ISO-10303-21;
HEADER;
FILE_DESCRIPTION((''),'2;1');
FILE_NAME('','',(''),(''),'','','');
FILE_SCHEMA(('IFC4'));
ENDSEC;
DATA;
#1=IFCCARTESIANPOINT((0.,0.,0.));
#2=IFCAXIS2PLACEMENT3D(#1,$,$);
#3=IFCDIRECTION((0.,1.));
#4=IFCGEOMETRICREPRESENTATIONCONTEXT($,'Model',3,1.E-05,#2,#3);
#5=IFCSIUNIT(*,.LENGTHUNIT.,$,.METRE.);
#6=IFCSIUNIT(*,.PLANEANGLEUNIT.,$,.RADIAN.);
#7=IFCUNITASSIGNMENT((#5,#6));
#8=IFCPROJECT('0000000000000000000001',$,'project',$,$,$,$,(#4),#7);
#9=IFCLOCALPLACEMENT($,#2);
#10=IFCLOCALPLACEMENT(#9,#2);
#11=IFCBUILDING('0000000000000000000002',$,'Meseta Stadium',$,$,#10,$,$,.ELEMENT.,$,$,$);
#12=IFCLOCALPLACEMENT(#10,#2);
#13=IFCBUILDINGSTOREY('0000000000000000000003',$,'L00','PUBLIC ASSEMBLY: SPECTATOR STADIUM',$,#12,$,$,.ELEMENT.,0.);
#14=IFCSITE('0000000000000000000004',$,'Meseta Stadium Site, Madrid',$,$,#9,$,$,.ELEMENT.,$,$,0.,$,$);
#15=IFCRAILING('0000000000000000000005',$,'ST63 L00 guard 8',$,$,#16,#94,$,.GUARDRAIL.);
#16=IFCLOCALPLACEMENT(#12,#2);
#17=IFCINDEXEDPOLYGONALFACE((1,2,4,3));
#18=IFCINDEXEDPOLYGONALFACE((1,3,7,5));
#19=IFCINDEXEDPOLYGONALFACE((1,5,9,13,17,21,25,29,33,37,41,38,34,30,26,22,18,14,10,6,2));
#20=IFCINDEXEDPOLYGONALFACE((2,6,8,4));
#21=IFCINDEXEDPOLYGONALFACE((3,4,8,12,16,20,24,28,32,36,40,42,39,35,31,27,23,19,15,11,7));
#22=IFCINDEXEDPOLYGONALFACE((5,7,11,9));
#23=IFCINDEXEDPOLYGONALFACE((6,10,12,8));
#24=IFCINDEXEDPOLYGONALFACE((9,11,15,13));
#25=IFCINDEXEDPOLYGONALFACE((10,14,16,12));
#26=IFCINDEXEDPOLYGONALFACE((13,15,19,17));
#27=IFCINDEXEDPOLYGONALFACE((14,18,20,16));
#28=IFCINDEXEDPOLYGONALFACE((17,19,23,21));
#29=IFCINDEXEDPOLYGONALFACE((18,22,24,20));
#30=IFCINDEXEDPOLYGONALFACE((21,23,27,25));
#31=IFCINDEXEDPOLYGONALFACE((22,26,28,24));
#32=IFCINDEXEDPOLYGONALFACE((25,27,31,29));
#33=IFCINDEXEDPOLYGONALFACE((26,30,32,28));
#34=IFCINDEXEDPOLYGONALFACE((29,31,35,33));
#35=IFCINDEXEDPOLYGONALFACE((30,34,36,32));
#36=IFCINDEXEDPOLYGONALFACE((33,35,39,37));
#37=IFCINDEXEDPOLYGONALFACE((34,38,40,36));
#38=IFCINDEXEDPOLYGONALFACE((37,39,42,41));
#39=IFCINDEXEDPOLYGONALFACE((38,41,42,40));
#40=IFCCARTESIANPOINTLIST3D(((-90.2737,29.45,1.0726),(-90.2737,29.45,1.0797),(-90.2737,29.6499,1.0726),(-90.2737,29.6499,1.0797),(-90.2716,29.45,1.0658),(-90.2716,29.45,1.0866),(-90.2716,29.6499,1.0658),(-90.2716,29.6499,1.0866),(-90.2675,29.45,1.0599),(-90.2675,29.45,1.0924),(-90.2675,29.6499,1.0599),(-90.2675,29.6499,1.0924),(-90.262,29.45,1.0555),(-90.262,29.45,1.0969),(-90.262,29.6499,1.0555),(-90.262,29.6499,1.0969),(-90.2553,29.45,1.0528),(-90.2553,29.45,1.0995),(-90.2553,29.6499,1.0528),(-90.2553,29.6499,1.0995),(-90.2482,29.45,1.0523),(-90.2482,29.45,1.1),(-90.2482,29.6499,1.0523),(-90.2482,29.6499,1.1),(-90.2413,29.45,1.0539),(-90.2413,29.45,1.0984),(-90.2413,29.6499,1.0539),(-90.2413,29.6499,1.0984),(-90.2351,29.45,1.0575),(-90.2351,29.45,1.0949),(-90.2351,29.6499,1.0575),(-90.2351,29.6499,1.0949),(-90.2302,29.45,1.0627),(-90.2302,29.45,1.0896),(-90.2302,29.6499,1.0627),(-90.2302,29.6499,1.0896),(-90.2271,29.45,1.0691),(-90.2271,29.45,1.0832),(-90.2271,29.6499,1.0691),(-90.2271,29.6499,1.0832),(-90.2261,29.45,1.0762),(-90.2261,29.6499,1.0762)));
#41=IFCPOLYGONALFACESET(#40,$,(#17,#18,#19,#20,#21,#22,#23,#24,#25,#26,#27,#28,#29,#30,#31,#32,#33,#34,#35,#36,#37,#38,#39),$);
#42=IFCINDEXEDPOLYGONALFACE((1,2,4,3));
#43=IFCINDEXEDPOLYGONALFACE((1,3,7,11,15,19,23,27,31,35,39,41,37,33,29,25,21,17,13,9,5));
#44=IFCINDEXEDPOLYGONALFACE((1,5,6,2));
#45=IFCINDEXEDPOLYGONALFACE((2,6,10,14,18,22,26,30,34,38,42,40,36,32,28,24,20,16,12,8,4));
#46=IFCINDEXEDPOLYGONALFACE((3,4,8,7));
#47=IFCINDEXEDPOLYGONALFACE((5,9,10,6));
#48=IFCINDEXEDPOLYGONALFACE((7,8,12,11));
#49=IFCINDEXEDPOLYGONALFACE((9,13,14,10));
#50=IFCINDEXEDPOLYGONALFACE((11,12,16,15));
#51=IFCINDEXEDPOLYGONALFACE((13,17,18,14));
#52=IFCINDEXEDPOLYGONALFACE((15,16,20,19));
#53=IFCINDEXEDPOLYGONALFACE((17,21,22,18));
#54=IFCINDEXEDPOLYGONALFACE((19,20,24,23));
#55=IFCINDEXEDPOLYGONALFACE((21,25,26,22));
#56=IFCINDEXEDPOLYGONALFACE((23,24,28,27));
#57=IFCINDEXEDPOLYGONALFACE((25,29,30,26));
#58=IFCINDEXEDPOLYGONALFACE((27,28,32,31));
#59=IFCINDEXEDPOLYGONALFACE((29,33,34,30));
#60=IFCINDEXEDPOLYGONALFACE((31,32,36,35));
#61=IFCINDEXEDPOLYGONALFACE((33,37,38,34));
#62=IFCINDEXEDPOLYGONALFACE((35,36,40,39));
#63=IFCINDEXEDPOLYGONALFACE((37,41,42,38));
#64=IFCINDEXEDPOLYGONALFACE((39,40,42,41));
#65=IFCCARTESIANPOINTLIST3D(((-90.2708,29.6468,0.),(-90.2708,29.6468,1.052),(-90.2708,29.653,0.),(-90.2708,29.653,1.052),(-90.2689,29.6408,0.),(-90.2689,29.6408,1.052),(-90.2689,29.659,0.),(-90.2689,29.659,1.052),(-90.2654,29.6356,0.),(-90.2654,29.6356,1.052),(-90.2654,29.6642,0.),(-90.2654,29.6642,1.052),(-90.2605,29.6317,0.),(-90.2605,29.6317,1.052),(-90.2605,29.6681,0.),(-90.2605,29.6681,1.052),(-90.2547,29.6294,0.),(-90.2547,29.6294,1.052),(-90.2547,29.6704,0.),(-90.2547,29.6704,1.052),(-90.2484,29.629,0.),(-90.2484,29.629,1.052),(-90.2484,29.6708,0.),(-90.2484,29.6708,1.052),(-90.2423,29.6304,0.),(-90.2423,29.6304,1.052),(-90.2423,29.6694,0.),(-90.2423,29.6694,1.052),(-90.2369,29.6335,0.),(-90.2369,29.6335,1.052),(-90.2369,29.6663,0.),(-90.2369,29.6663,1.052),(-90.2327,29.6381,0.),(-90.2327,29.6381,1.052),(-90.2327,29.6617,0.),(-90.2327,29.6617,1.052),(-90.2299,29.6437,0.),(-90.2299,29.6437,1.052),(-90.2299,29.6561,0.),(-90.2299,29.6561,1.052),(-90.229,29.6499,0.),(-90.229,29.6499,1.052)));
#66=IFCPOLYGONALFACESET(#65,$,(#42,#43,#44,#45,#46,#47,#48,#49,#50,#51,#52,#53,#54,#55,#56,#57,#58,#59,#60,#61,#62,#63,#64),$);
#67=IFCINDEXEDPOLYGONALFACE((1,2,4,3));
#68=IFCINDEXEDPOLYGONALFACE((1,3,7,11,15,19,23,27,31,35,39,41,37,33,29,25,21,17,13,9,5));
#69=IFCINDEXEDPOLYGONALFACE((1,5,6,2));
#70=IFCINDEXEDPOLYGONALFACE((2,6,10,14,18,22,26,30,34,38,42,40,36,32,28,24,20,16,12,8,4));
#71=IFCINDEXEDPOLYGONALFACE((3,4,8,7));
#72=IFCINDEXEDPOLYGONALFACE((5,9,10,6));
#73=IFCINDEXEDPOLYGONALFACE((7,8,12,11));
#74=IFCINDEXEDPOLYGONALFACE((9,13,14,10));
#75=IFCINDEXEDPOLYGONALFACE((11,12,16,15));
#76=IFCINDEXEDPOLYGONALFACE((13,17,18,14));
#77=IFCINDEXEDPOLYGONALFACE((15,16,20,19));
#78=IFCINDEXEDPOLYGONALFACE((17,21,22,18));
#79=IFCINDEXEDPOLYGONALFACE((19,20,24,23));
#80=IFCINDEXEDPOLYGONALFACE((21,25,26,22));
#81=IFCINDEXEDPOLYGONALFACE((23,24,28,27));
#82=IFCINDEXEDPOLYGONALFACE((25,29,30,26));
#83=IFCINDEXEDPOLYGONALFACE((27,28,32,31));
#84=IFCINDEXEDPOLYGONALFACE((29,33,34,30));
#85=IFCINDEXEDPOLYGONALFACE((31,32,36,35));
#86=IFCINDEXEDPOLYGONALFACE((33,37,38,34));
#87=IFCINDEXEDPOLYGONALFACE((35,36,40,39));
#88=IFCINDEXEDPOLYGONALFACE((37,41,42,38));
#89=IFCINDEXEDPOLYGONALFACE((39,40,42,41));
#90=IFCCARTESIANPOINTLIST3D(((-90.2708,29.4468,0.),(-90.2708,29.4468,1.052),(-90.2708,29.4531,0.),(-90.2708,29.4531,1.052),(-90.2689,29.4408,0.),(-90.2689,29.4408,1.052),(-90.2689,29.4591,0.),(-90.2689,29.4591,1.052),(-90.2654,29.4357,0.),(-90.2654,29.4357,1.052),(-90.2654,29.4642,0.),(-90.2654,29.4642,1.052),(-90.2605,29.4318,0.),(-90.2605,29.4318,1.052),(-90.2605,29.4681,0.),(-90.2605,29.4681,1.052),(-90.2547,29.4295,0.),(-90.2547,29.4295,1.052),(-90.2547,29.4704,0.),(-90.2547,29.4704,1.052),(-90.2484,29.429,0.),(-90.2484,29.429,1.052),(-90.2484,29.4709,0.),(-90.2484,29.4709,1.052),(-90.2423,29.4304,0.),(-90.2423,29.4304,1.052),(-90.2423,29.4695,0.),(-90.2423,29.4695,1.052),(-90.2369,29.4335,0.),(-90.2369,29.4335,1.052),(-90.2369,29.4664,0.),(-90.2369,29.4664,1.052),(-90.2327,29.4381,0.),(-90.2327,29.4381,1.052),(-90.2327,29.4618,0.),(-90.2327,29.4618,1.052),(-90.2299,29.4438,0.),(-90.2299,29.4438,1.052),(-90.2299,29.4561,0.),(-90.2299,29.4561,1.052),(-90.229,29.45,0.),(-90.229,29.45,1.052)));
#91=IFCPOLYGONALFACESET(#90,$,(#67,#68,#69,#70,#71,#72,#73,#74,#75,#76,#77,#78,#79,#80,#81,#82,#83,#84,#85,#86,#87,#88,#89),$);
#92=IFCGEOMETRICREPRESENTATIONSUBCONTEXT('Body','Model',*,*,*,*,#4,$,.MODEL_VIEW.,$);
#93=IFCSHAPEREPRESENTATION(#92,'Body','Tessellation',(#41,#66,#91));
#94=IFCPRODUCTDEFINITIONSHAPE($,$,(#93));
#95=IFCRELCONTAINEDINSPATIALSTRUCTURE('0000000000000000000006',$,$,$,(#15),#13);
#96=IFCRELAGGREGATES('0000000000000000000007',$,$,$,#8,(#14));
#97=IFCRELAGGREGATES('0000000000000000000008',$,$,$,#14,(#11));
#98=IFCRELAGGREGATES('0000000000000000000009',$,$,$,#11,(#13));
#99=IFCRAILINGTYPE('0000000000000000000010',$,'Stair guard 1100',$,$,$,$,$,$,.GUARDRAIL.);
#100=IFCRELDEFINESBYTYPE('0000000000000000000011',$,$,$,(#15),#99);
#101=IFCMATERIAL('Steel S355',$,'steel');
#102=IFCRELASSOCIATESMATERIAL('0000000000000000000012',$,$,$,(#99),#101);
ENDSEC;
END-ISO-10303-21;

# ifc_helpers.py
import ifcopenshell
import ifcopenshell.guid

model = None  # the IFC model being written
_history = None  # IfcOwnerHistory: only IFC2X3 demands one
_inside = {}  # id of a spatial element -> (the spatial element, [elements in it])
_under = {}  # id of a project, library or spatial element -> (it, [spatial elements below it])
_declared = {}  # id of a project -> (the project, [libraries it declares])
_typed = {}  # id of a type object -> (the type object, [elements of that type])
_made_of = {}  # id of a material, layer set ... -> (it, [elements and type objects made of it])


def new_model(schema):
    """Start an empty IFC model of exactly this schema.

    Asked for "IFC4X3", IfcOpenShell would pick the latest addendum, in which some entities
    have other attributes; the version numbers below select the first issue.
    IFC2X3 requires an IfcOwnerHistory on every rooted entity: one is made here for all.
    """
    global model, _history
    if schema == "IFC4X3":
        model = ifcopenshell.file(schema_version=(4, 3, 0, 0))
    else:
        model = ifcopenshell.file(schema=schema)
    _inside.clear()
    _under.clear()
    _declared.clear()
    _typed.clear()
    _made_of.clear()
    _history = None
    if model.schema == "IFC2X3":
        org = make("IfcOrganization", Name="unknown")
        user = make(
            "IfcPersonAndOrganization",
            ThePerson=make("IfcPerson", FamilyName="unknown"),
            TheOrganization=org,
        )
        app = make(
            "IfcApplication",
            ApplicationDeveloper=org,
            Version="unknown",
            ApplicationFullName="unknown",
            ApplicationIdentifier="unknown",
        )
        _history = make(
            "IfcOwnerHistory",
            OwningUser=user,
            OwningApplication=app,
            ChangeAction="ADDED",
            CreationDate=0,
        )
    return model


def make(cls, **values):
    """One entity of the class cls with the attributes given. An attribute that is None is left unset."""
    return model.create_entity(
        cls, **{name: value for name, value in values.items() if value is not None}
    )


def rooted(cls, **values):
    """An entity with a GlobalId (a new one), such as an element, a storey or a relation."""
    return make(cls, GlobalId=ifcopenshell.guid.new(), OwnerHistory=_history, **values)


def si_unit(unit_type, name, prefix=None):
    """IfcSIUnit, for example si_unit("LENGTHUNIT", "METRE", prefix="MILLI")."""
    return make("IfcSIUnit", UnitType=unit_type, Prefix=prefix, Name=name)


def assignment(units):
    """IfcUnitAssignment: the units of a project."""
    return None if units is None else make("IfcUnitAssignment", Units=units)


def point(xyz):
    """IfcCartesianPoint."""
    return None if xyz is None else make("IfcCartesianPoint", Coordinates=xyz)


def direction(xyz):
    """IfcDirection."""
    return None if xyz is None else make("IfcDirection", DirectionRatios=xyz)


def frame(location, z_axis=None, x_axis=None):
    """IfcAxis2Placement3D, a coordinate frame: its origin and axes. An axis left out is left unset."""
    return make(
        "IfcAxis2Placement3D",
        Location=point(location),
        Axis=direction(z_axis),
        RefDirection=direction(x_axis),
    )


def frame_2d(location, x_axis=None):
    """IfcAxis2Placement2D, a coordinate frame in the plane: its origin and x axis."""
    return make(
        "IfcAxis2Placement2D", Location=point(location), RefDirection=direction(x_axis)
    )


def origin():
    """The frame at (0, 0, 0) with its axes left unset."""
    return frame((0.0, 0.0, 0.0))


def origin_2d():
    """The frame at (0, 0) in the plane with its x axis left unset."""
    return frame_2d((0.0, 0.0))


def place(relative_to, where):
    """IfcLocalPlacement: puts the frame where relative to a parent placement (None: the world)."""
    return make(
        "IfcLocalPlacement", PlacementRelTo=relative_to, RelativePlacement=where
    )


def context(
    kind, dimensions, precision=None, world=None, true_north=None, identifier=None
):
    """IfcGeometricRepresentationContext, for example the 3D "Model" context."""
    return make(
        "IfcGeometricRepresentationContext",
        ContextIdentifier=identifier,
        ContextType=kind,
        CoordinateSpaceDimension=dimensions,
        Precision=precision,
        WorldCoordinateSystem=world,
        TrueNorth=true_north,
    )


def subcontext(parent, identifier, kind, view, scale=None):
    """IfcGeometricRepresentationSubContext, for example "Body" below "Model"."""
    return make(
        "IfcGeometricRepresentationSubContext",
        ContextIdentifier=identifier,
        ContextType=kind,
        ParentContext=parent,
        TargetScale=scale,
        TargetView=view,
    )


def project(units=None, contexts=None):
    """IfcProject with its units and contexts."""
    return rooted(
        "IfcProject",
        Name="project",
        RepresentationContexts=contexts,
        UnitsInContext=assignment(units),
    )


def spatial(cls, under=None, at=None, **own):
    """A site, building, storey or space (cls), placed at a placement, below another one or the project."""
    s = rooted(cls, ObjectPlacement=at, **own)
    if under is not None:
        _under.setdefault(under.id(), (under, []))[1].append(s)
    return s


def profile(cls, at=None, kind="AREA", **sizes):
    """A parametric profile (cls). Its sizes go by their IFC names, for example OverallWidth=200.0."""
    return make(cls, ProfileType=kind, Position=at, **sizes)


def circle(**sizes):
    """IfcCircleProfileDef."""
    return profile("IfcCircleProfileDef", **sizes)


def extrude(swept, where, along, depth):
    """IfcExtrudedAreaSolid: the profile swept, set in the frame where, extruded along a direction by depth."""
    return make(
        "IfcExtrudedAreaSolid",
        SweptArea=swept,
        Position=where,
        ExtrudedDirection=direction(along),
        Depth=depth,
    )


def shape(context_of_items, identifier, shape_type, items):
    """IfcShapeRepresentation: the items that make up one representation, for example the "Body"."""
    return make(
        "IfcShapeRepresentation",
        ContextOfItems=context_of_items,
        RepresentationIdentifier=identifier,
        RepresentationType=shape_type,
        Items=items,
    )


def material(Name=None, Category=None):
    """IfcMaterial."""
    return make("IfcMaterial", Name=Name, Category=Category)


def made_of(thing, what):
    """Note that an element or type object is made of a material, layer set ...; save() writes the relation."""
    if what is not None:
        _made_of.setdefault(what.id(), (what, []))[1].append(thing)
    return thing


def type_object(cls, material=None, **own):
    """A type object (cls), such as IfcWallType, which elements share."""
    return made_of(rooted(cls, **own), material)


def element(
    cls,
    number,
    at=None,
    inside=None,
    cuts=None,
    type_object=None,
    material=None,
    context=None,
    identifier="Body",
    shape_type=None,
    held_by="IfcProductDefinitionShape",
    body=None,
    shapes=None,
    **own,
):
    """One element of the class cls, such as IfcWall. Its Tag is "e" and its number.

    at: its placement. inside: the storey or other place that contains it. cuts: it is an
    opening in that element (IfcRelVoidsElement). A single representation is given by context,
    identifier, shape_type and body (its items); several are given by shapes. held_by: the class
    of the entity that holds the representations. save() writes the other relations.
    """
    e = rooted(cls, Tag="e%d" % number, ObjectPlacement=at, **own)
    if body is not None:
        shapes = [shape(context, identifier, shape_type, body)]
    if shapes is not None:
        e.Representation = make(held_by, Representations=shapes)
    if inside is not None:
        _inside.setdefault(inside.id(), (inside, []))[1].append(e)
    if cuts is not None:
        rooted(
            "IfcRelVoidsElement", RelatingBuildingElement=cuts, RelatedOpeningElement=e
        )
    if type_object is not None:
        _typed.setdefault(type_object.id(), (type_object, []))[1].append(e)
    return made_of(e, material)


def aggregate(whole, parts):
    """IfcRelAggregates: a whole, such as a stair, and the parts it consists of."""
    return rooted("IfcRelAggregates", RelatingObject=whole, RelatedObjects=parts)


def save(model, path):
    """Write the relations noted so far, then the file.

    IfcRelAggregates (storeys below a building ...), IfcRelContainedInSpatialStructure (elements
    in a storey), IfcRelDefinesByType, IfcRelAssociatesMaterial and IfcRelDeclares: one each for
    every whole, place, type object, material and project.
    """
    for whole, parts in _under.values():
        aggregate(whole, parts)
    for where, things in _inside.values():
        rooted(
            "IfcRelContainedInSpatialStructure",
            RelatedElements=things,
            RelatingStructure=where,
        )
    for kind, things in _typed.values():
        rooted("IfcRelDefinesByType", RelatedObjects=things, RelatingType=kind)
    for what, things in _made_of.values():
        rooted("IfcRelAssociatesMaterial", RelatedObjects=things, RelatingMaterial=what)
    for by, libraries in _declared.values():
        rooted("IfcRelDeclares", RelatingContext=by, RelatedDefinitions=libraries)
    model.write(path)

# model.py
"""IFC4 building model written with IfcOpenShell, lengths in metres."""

from ifc_helpers import new_model, si_unit, direction, frame, origin, origin_2d, place, context, subcontext, project, spatial, circle, extrude, material, type_object, element, save


model = new_model("IFC4")

# Units and contexts
model_context = context("Model", 3, precision=1e-05, world=origin(), true_north=direction((0.0, 1.0)))
body_context = subcontext(model_context, "Body", "Model", "MODEL_VIEW")
ifc_project = project(units=[si_unit("LENGTHUNIT", "METRE"), si_unit("PLANEANGLEUNIT", "RADIAN")], contexts=[model_context])

# Site, building, storey
site_placement = place(None, origin())
site = spatial("IfcSite", under=ifc_project, at=site_placement, Name="Meseta Stadium Site, Madrid", CompositionType="ELEMENT", RefElevation=0.0)
building_placement = place(site_placement, origin())
building = spatial("IfcBuilding", under=site, at=building_placement, Name="Meseta Stadium", CompositionType="ELEMENT")
storey_placement = place(building_placement, origin())
storey = spatial("IfcBuildingStorey", under=building, at=storey_placement, Name="L00", Description="PUBLIC ASSEMBLY: SPECTATOR STADIUM", CompositionType="ELEMENT", Elevation=0.0)

# Railing
ifc_material_1 = material(Name="Steel S355", Category="steel")
railing_type_1 = type_object("IfcRailingType", Name="Stair guard 1100", PredefinedType="GUARDRAIL", material=ifc_material_1)
railing_1_placement = place(storey_placement, frame((-90.25, 29.6499, 0.0)))
element("IfcRailing", 1, at=railing_1_placement, inside=storey, type_object=railing_type_1, Name="ST63 L00 guard 8", PredefinedType="GUARDRAIL", context=body_context, shape_type="SweptSolid", body=[
    extrude(circle(Radius=0.0239, at=origin_2d()), frame((0.0, 0.0, 1.0762), z_axis=(0.0, -1.0, 0.0), x_axis=(1.0, 0.0, 0.0)), (0.0, 0.0, 1.0), 0.2),
    extrude(circle(Radius=0.021, at=origin_2d()), origin(), (0.0, 0.0, 1.0), 1.052),
    extrude(circle(Radius=0.021, at=origin_2d()), frame((0.0, -0.2, 0.0)), (0.0, 0.0, 1.0), 1.052),
])

save(model, "model.ifc")
